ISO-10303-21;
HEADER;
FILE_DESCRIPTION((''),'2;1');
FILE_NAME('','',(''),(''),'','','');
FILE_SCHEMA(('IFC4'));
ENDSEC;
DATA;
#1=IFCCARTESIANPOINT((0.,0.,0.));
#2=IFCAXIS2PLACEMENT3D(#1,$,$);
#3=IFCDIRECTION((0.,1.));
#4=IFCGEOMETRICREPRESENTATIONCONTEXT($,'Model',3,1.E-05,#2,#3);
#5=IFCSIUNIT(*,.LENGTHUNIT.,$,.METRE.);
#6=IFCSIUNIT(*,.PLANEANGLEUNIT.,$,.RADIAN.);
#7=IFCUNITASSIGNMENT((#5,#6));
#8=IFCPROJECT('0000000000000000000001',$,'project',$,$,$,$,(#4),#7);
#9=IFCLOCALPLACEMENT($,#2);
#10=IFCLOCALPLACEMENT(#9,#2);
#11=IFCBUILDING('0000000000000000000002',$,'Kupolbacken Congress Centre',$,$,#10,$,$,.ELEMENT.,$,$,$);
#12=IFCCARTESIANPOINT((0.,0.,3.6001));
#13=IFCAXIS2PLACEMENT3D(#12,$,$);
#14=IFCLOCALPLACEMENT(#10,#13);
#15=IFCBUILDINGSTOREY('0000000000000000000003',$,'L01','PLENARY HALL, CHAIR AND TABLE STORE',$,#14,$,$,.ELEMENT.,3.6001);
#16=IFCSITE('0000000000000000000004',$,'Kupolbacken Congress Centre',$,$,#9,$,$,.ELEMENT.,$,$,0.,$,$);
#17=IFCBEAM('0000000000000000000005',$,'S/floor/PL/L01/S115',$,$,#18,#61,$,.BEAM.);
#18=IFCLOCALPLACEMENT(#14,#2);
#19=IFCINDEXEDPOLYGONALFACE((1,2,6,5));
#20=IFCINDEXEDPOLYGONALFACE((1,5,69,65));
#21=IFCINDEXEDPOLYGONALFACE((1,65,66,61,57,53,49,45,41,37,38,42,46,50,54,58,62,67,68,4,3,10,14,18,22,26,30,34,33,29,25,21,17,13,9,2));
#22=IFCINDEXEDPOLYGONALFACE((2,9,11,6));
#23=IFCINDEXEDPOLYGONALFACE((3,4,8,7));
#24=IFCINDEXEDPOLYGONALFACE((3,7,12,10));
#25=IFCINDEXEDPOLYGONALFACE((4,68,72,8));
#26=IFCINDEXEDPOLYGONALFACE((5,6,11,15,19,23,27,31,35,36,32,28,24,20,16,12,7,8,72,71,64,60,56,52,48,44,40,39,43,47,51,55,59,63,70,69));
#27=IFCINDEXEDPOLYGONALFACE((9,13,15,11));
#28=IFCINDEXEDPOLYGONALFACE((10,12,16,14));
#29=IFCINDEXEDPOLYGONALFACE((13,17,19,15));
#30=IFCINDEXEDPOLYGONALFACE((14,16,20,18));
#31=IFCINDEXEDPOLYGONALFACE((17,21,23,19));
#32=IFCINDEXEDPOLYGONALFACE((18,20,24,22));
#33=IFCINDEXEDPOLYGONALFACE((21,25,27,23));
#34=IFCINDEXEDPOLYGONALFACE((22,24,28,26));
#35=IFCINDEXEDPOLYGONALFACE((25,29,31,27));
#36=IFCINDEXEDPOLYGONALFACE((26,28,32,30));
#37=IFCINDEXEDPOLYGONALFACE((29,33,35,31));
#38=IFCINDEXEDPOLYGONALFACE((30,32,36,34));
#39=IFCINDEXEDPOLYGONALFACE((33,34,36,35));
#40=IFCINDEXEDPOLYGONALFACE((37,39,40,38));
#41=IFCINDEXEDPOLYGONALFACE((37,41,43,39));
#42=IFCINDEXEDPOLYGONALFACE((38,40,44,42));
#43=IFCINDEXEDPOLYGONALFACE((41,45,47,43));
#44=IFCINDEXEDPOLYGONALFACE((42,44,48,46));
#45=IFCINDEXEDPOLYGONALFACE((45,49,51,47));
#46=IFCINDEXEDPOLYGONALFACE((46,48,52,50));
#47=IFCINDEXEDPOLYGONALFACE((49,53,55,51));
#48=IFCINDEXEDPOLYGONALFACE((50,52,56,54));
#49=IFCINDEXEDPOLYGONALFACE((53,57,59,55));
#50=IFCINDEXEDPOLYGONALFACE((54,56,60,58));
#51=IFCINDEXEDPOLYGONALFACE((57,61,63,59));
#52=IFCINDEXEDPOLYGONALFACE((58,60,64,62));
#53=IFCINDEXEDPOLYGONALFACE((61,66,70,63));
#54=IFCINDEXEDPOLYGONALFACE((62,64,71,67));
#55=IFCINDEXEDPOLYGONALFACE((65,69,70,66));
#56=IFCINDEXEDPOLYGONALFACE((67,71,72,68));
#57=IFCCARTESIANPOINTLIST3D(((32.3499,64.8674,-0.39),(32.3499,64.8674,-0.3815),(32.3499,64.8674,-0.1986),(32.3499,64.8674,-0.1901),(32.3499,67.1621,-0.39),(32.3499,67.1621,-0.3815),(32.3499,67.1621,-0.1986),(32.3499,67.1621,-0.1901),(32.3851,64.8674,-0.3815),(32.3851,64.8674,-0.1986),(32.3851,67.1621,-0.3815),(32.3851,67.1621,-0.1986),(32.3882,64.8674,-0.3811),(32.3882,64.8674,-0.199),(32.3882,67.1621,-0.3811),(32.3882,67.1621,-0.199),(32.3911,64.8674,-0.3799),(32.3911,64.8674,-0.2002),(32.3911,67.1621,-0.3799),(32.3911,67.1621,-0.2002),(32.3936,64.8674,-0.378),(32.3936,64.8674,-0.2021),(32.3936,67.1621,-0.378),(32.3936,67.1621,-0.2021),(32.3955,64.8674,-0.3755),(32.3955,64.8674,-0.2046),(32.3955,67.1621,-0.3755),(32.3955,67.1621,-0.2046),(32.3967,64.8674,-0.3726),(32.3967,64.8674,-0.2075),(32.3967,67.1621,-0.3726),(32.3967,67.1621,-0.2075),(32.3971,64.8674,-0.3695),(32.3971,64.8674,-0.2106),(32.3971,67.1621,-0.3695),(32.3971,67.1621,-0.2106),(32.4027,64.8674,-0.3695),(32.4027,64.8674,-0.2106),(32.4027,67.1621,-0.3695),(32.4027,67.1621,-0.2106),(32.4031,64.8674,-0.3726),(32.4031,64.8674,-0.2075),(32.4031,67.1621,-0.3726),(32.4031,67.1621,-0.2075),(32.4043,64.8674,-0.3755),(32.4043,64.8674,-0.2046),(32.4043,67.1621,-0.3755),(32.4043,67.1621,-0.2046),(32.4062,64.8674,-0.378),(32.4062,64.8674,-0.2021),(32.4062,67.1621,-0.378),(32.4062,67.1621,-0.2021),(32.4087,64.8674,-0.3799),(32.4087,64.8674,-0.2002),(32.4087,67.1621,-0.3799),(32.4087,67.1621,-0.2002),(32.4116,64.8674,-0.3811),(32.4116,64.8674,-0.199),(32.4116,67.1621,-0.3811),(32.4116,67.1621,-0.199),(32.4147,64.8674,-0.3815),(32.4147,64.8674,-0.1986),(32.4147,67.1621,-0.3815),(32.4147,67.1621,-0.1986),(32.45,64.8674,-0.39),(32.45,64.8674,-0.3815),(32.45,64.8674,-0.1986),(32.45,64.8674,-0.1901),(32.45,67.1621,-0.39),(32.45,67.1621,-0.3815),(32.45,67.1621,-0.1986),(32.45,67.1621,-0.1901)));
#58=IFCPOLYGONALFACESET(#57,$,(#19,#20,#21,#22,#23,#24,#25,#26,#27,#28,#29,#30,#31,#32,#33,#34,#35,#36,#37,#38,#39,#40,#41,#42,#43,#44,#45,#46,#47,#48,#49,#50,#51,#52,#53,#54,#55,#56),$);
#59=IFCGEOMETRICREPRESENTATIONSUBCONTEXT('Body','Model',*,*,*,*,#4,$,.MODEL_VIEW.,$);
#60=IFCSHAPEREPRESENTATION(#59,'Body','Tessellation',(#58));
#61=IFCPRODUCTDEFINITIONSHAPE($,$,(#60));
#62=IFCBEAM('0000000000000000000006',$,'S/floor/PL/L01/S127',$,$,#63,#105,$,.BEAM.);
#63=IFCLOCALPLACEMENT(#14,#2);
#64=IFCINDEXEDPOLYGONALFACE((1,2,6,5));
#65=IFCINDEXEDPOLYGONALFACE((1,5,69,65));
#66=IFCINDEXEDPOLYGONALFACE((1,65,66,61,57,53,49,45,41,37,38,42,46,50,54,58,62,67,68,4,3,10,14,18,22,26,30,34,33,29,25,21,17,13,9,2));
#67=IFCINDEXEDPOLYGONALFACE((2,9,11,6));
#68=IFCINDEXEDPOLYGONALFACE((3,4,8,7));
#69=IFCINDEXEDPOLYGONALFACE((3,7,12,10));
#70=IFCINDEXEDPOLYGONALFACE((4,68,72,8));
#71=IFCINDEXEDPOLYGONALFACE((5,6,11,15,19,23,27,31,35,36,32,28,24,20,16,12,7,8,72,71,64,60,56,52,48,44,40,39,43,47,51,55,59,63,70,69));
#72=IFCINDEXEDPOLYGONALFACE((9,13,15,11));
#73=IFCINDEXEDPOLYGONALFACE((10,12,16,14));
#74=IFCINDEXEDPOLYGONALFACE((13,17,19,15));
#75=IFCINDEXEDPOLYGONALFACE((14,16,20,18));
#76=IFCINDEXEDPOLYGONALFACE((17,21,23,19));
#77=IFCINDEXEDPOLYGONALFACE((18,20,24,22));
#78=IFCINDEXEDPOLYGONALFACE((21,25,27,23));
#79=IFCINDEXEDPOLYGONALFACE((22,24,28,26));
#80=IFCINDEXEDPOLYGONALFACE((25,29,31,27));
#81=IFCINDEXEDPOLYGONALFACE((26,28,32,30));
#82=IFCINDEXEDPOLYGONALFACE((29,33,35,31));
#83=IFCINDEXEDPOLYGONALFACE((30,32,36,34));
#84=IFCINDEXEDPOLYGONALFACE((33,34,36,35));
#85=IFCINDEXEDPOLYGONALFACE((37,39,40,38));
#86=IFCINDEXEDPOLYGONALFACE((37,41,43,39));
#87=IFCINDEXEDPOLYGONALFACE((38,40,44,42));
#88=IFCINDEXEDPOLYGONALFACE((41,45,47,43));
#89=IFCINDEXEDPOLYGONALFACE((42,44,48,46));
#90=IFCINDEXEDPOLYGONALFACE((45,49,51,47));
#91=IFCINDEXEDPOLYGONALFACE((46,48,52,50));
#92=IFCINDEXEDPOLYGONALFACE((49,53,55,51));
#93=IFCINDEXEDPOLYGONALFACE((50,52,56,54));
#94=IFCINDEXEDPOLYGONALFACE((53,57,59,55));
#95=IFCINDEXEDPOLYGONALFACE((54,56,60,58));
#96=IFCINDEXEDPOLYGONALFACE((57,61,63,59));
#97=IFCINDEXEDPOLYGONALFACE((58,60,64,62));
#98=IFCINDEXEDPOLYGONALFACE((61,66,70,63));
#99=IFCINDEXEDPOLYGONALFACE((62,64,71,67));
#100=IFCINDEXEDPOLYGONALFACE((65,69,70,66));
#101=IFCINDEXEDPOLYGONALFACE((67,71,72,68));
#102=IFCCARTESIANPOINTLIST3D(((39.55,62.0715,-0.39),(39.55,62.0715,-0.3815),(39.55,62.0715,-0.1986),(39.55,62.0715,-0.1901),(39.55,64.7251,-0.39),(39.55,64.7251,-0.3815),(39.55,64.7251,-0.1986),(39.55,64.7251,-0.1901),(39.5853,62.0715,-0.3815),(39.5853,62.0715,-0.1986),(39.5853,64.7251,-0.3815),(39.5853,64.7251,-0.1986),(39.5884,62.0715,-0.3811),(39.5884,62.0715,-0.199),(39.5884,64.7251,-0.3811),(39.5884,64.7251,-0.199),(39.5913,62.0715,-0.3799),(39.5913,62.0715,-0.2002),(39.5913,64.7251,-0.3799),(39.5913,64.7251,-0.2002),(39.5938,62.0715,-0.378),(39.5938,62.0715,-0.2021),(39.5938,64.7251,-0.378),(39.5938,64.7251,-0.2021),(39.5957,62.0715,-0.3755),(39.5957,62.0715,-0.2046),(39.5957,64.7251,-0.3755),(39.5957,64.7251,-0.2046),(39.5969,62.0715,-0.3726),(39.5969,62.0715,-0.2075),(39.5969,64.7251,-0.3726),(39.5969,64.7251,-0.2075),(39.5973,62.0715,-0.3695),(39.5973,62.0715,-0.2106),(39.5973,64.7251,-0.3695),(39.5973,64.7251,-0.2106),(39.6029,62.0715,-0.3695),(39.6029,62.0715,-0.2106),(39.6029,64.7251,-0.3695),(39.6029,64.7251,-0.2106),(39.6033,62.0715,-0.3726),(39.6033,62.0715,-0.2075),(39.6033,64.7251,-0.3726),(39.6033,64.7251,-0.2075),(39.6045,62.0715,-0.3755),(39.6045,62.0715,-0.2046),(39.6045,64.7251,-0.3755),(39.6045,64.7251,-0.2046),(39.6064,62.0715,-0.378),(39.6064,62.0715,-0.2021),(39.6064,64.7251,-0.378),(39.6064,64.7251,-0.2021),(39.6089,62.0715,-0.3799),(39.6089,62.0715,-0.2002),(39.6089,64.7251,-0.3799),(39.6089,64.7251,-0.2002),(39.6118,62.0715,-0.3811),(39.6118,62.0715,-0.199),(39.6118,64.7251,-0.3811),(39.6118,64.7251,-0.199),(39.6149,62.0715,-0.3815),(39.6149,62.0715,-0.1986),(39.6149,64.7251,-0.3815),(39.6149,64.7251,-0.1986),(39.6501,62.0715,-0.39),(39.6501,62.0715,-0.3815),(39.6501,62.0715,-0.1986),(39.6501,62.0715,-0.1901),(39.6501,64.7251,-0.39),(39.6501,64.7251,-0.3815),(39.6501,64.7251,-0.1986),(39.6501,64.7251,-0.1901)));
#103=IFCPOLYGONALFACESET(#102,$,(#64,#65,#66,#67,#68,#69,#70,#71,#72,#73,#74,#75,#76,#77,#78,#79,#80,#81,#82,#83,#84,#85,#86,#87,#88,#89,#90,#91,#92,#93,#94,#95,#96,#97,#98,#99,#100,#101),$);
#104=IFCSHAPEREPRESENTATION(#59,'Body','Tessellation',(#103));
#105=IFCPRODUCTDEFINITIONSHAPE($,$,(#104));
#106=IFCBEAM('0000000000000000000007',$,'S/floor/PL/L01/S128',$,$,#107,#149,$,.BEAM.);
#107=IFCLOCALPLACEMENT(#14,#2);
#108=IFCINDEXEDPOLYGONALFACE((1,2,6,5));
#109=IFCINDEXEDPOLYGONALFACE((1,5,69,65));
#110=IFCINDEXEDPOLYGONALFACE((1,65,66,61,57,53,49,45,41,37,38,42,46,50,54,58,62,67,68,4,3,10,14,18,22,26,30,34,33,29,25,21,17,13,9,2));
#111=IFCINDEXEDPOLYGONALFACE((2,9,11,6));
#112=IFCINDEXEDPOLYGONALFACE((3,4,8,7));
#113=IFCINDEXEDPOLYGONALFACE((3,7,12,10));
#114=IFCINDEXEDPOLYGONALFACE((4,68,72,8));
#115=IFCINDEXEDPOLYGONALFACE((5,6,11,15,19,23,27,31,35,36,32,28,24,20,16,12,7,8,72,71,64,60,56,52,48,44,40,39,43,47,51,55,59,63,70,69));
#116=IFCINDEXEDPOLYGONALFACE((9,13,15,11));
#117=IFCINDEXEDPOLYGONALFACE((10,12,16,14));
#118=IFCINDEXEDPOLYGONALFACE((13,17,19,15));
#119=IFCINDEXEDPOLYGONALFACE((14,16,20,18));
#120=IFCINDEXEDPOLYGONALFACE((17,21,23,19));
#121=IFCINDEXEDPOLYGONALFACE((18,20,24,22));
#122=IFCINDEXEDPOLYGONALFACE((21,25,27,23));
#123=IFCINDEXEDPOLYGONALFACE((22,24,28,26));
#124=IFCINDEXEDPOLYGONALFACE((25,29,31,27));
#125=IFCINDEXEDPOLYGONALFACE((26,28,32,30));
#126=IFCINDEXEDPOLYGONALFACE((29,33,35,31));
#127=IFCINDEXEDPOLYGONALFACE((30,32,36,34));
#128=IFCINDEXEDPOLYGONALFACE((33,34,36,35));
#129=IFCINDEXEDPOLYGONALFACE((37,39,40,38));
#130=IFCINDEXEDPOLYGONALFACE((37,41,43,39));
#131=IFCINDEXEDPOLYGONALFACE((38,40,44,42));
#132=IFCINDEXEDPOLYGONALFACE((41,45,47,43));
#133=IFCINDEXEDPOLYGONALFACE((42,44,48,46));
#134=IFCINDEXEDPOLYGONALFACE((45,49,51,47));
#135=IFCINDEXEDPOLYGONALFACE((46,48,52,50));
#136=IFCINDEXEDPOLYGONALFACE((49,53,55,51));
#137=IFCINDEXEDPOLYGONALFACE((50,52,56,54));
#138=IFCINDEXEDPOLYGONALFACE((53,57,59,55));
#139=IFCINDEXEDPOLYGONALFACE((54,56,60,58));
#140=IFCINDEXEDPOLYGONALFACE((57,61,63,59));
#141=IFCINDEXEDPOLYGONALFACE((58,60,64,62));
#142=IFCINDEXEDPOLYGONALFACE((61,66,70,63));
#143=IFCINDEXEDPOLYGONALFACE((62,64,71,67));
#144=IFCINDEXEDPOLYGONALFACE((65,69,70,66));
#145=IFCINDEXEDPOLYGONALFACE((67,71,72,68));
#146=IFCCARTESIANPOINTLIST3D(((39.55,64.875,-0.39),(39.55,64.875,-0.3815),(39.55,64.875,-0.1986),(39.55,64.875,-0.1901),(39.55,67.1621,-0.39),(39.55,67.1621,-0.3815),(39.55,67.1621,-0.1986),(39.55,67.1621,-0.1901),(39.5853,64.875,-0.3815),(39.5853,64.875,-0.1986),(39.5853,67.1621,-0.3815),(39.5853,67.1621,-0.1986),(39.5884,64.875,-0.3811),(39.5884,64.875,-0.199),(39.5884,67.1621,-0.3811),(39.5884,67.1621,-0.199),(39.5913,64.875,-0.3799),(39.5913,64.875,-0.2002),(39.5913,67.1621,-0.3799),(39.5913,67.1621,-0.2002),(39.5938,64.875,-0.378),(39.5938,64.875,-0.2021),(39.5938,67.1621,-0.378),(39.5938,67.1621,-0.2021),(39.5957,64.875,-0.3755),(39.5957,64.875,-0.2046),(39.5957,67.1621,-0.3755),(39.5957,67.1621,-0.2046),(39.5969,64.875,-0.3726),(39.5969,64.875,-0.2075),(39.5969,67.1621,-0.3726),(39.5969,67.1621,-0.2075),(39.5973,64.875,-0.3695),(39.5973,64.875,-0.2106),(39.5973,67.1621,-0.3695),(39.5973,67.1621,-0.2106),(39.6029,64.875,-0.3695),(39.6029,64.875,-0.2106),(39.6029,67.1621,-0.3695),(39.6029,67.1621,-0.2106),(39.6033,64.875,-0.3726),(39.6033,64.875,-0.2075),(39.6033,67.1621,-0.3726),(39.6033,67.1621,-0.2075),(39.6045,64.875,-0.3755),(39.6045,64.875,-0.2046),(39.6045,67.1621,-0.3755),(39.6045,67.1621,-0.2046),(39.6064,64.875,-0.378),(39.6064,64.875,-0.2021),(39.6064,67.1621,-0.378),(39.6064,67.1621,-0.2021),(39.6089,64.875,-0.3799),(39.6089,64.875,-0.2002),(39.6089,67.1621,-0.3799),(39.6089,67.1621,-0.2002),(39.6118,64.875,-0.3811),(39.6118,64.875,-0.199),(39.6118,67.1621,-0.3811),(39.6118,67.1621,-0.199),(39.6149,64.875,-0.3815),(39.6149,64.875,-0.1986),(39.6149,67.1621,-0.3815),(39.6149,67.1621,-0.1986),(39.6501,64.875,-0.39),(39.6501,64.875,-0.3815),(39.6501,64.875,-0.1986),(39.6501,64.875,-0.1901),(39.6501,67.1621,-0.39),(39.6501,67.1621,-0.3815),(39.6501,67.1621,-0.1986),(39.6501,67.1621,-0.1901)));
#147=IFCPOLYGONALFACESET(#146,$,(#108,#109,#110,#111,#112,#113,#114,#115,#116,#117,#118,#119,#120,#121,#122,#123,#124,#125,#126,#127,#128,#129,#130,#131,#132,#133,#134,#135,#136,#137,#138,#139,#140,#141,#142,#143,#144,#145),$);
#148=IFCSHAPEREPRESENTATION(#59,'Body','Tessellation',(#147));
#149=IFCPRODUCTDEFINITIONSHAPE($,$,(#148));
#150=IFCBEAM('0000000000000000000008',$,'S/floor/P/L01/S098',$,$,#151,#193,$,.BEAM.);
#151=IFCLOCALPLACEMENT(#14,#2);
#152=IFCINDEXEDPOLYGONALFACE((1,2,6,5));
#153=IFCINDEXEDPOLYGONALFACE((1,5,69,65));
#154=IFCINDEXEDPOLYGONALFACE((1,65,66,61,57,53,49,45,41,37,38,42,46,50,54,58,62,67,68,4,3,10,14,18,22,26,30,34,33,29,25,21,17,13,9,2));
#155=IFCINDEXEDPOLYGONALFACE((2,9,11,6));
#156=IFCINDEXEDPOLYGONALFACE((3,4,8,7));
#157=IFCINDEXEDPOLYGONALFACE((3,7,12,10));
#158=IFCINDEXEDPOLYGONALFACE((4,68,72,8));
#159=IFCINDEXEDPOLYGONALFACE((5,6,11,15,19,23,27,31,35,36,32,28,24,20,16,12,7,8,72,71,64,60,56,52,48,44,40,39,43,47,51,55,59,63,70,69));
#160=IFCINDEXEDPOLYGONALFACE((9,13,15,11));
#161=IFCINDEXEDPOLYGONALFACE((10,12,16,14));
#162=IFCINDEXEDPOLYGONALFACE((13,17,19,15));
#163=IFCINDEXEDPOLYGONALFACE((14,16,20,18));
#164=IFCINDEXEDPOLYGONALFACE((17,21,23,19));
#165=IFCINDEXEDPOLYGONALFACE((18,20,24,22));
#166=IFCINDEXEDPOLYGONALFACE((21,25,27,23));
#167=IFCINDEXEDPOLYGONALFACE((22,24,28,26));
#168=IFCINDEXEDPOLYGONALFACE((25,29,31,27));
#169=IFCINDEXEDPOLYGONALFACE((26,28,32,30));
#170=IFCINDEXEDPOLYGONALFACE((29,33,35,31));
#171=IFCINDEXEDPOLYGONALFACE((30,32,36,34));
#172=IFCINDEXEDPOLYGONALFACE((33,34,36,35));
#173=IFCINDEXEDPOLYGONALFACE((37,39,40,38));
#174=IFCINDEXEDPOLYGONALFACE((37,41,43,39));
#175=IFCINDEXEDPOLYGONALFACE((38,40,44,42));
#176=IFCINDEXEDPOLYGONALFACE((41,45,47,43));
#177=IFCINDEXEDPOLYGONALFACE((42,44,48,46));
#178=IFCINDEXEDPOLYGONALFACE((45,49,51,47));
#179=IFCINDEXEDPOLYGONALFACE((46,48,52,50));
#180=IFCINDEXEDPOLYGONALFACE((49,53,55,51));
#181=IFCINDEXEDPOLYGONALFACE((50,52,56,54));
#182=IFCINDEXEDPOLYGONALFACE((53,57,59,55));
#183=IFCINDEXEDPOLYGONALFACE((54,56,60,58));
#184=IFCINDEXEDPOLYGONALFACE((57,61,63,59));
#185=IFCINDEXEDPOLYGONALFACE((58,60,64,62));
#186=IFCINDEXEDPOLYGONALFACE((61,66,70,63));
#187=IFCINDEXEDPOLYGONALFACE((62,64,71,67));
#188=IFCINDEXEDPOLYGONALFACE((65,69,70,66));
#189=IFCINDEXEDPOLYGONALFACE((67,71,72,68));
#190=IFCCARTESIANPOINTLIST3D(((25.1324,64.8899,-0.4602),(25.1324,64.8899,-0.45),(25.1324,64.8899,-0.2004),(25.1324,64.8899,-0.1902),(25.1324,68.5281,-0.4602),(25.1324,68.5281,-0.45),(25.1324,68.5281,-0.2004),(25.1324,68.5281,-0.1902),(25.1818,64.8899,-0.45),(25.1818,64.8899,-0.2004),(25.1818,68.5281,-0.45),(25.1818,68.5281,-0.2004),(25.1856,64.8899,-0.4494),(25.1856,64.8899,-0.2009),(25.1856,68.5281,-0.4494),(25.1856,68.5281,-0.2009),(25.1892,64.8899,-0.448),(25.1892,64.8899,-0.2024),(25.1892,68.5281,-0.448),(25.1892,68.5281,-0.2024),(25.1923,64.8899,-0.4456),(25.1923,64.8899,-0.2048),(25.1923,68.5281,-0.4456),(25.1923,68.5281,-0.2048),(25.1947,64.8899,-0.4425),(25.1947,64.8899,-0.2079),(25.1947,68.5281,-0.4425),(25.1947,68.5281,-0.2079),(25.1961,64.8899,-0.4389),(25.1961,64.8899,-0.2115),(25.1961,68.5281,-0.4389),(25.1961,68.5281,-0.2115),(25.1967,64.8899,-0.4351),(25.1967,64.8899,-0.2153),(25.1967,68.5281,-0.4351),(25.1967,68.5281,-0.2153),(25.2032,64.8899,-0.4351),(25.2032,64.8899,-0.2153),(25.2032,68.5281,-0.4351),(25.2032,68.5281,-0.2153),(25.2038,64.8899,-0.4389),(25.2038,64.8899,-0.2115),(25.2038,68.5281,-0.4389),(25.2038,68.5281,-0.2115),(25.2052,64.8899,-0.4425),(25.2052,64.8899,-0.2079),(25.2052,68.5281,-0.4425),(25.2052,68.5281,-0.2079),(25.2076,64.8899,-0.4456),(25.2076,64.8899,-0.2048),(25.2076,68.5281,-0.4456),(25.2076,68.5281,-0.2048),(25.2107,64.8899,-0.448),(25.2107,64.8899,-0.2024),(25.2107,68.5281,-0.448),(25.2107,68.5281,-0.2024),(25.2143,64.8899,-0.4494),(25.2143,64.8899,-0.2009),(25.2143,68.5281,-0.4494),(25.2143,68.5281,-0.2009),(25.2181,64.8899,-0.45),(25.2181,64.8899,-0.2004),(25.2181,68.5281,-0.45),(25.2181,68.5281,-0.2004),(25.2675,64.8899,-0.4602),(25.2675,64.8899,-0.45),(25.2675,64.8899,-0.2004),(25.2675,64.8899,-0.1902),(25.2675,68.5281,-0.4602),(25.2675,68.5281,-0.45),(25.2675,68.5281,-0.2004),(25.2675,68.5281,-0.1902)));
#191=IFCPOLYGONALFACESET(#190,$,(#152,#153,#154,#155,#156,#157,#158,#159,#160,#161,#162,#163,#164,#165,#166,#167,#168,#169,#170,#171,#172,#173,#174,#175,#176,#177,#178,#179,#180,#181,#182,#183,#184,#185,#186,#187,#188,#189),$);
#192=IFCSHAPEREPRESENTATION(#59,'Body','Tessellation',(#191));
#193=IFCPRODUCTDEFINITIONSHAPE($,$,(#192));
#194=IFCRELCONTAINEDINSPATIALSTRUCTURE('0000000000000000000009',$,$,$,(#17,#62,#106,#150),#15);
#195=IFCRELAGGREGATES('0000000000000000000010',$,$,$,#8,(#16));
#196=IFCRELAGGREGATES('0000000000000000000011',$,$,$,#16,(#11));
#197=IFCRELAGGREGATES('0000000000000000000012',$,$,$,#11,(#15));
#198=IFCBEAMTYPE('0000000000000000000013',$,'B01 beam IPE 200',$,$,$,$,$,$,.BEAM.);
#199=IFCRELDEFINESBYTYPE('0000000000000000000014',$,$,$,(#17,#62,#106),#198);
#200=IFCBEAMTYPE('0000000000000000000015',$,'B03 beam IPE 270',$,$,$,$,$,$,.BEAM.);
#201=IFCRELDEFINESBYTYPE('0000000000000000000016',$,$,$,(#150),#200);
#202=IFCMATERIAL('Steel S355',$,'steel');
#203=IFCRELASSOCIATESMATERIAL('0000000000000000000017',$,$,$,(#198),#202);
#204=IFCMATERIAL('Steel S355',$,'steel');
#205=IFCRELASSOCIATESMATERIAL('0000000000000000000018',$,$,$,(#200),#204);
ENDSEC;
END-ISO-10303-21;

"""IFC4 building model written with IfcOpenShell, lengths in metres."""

from ifc_helpers import new_model, si_unit, direction, frame, origin, origin_2d, place, context, subcontext, project, spatial, i_section, extrude, material, material_profile, profile_set, type_object, element, save


model = new_model("IFC4")

# Units and contexts
model_context = context("Model", 3, precision=1e-05, world=origin(), true_north=direction((0.0, 1.0)))
body_context = subcontext(model_context, "Body", "Model", "MODEL_VIEW")
ifc_project = project(units=[si_unit("LENGTHUNIT", "METRE"), si_unit("PLANEANGLEUNIT", "RADIAN")], contexts=[model_context])

# Site, building, storey
site_placement = place(None, origin())
site = spatial("IfcSite", under=ifc_project, at=site_placement, Name="Kupolbacken Congress Centre", CompositionType="ELEMENT", RefElevation=0.0)
building_placement = place(site_placement, origin())
building = spatial("IfcBuilding", under=site, at=building_placement, Name="Kupolbacken Congress Centre", CompositionType="ELEMENT")
storey_placement = place(building_placement, frame((0.0, 0.0, 3.6001)))
storey = spatial("IfcBuildingStorey", under=building, at=storey_placement, Name="L01", Description="PLENARY HALL, CHAIR AND TABLE STORE", CompositionType="ELEMENT", Elevation=3.6001)

# Beams
ifc_material_1 = material(Name="Steel S355", Category="steel")
ifc_material_profile_1 = material_profile(ifc_material_1, i_section(OverallWidth=0.1001, OverallDepth=0.2, WebThickness=0.0056, FlangeThickness=0.0085, FilletRadius=0.012, at=origin_2d()), Name="IPE 200")
ifc_profile_set_1 = profile_set([ifc_material_profile_1], Name="Steel S355")
beam_type_1 = type_object("IfcBeamType", Name="B01 beam IPE 200", PredefinedType="BEAM", material=ifc_profile_set_1)
beam_1_placement = place(storey_placement, frame((32.3999, 64.8674, -0.29), z_axis=(0.0, 1.0, 0.0), x_axis=(-1.0, 0.0, 0.0)))
element("IfcBeam", 1, at=beam_1_placement, inside=storey, type_object=beam_type_1, Name="S/floor/PL/L01/S115", PredefinedType="BEAM", context=body_context, shape_type="SweptSolid", body=[
    extrude(i_section(OverallWidth=0.1001, OverallDepth=0.2, WebThickness=0.0056, FlangeThickness=0.0085, FilletRadius=0.012, at=origin_2d()), origin(), (0.0, 0.0, 1.0), 2.2947),
])
beam_2_placement = place(storey_placement, frame((39.6001, 62.0715, -0.29), z_axis=(0.0, 1.0, 0.0), x_axis=(-1.0, 0.0, 0.0)))
element("IfcBeam", 2, at=beam_2_placement, inside=storey, type_object=beam_type_1, Name="S/floor/PL/L01/S127", PredefinedType="BEAM", context=body_context, shape_type="SweptSolid", body=[
    extrude(i_section(OverallWidth=0.1001, OverallDepth=0.2, WebThickness=0.0056, FlangeThickness=0.0085, FilletRadius=0.012, at=origin_2d()), origin(), (0.0, 0.0, 1.0), 2.6536),
])
beam_3_placement = place(storey_placement, frame((39.6001, 64.875, -0.29), z_axis=(0.0, 1.0, 0.0), x_axis=(-1.0, 0.0, 0.0)))
element("IfcBeam", 3, at=beam_3_placement, inside=storey, type_object=beam_type_1, Name="S/floor/PL/L01/S128", PredefinedType="BEAM", context=body_context, shape_type="SweptSolid", body=[
    extrude(i_section(OverallWidth=0.1001, OverallDepth=0.2, WebThickness=0.0056, FlangeThickness=0.0085, FilletRadius=0.012, at=origin_2d()), origin(), (0.0, 0.0, 1.0), 2.2871),
])
ifc_material_2 = material(Name="Steel S355", Category="steel")
ifc_material_profile_2 = material_profile(ifc_material_2, i_section(OverallWidth=0.135, OverallDepth=0.27, WebThickness=0.0066, FlangeThickness=0.0103, FilletRadius=0.0149, at=origin_2d()), Name="IPE 270")
ifc_profile_set_2 = profile_set([ifc_material_profile_2], Name="Steel S355")
beam_type_2 = type_object("IfcBeamType", Name="B03 beam IPE 270", PredefinedType="BEAM", material=ifc_profile_set_2)
beam_4_placement = place(storey_placement, frame((25.2, 64.8899, -0.3252), z_axis=(0.0, 1.0, 0.0), x_axis=(-1.0, 0.0, 0.0)))
element("IfcBeam", 4, at=beam_4_placement, inside=storey, type_object=beam_type_2, Name="S/floor/P/L01/S098", PredefinedType="BEAM", context=body_context, shape_type="SweptSolid", body=[
    extrude(i_section(OverallWidth=0.135, OverallDepth=0.27, WebThickness=0.0066, FlangeThickness=0.0103, FilletRadius=0.0149, at=origin_2d()), origin(), (0.0, 0.0, 1.0), 3.6382),
])

save(model, "model.ifc")
